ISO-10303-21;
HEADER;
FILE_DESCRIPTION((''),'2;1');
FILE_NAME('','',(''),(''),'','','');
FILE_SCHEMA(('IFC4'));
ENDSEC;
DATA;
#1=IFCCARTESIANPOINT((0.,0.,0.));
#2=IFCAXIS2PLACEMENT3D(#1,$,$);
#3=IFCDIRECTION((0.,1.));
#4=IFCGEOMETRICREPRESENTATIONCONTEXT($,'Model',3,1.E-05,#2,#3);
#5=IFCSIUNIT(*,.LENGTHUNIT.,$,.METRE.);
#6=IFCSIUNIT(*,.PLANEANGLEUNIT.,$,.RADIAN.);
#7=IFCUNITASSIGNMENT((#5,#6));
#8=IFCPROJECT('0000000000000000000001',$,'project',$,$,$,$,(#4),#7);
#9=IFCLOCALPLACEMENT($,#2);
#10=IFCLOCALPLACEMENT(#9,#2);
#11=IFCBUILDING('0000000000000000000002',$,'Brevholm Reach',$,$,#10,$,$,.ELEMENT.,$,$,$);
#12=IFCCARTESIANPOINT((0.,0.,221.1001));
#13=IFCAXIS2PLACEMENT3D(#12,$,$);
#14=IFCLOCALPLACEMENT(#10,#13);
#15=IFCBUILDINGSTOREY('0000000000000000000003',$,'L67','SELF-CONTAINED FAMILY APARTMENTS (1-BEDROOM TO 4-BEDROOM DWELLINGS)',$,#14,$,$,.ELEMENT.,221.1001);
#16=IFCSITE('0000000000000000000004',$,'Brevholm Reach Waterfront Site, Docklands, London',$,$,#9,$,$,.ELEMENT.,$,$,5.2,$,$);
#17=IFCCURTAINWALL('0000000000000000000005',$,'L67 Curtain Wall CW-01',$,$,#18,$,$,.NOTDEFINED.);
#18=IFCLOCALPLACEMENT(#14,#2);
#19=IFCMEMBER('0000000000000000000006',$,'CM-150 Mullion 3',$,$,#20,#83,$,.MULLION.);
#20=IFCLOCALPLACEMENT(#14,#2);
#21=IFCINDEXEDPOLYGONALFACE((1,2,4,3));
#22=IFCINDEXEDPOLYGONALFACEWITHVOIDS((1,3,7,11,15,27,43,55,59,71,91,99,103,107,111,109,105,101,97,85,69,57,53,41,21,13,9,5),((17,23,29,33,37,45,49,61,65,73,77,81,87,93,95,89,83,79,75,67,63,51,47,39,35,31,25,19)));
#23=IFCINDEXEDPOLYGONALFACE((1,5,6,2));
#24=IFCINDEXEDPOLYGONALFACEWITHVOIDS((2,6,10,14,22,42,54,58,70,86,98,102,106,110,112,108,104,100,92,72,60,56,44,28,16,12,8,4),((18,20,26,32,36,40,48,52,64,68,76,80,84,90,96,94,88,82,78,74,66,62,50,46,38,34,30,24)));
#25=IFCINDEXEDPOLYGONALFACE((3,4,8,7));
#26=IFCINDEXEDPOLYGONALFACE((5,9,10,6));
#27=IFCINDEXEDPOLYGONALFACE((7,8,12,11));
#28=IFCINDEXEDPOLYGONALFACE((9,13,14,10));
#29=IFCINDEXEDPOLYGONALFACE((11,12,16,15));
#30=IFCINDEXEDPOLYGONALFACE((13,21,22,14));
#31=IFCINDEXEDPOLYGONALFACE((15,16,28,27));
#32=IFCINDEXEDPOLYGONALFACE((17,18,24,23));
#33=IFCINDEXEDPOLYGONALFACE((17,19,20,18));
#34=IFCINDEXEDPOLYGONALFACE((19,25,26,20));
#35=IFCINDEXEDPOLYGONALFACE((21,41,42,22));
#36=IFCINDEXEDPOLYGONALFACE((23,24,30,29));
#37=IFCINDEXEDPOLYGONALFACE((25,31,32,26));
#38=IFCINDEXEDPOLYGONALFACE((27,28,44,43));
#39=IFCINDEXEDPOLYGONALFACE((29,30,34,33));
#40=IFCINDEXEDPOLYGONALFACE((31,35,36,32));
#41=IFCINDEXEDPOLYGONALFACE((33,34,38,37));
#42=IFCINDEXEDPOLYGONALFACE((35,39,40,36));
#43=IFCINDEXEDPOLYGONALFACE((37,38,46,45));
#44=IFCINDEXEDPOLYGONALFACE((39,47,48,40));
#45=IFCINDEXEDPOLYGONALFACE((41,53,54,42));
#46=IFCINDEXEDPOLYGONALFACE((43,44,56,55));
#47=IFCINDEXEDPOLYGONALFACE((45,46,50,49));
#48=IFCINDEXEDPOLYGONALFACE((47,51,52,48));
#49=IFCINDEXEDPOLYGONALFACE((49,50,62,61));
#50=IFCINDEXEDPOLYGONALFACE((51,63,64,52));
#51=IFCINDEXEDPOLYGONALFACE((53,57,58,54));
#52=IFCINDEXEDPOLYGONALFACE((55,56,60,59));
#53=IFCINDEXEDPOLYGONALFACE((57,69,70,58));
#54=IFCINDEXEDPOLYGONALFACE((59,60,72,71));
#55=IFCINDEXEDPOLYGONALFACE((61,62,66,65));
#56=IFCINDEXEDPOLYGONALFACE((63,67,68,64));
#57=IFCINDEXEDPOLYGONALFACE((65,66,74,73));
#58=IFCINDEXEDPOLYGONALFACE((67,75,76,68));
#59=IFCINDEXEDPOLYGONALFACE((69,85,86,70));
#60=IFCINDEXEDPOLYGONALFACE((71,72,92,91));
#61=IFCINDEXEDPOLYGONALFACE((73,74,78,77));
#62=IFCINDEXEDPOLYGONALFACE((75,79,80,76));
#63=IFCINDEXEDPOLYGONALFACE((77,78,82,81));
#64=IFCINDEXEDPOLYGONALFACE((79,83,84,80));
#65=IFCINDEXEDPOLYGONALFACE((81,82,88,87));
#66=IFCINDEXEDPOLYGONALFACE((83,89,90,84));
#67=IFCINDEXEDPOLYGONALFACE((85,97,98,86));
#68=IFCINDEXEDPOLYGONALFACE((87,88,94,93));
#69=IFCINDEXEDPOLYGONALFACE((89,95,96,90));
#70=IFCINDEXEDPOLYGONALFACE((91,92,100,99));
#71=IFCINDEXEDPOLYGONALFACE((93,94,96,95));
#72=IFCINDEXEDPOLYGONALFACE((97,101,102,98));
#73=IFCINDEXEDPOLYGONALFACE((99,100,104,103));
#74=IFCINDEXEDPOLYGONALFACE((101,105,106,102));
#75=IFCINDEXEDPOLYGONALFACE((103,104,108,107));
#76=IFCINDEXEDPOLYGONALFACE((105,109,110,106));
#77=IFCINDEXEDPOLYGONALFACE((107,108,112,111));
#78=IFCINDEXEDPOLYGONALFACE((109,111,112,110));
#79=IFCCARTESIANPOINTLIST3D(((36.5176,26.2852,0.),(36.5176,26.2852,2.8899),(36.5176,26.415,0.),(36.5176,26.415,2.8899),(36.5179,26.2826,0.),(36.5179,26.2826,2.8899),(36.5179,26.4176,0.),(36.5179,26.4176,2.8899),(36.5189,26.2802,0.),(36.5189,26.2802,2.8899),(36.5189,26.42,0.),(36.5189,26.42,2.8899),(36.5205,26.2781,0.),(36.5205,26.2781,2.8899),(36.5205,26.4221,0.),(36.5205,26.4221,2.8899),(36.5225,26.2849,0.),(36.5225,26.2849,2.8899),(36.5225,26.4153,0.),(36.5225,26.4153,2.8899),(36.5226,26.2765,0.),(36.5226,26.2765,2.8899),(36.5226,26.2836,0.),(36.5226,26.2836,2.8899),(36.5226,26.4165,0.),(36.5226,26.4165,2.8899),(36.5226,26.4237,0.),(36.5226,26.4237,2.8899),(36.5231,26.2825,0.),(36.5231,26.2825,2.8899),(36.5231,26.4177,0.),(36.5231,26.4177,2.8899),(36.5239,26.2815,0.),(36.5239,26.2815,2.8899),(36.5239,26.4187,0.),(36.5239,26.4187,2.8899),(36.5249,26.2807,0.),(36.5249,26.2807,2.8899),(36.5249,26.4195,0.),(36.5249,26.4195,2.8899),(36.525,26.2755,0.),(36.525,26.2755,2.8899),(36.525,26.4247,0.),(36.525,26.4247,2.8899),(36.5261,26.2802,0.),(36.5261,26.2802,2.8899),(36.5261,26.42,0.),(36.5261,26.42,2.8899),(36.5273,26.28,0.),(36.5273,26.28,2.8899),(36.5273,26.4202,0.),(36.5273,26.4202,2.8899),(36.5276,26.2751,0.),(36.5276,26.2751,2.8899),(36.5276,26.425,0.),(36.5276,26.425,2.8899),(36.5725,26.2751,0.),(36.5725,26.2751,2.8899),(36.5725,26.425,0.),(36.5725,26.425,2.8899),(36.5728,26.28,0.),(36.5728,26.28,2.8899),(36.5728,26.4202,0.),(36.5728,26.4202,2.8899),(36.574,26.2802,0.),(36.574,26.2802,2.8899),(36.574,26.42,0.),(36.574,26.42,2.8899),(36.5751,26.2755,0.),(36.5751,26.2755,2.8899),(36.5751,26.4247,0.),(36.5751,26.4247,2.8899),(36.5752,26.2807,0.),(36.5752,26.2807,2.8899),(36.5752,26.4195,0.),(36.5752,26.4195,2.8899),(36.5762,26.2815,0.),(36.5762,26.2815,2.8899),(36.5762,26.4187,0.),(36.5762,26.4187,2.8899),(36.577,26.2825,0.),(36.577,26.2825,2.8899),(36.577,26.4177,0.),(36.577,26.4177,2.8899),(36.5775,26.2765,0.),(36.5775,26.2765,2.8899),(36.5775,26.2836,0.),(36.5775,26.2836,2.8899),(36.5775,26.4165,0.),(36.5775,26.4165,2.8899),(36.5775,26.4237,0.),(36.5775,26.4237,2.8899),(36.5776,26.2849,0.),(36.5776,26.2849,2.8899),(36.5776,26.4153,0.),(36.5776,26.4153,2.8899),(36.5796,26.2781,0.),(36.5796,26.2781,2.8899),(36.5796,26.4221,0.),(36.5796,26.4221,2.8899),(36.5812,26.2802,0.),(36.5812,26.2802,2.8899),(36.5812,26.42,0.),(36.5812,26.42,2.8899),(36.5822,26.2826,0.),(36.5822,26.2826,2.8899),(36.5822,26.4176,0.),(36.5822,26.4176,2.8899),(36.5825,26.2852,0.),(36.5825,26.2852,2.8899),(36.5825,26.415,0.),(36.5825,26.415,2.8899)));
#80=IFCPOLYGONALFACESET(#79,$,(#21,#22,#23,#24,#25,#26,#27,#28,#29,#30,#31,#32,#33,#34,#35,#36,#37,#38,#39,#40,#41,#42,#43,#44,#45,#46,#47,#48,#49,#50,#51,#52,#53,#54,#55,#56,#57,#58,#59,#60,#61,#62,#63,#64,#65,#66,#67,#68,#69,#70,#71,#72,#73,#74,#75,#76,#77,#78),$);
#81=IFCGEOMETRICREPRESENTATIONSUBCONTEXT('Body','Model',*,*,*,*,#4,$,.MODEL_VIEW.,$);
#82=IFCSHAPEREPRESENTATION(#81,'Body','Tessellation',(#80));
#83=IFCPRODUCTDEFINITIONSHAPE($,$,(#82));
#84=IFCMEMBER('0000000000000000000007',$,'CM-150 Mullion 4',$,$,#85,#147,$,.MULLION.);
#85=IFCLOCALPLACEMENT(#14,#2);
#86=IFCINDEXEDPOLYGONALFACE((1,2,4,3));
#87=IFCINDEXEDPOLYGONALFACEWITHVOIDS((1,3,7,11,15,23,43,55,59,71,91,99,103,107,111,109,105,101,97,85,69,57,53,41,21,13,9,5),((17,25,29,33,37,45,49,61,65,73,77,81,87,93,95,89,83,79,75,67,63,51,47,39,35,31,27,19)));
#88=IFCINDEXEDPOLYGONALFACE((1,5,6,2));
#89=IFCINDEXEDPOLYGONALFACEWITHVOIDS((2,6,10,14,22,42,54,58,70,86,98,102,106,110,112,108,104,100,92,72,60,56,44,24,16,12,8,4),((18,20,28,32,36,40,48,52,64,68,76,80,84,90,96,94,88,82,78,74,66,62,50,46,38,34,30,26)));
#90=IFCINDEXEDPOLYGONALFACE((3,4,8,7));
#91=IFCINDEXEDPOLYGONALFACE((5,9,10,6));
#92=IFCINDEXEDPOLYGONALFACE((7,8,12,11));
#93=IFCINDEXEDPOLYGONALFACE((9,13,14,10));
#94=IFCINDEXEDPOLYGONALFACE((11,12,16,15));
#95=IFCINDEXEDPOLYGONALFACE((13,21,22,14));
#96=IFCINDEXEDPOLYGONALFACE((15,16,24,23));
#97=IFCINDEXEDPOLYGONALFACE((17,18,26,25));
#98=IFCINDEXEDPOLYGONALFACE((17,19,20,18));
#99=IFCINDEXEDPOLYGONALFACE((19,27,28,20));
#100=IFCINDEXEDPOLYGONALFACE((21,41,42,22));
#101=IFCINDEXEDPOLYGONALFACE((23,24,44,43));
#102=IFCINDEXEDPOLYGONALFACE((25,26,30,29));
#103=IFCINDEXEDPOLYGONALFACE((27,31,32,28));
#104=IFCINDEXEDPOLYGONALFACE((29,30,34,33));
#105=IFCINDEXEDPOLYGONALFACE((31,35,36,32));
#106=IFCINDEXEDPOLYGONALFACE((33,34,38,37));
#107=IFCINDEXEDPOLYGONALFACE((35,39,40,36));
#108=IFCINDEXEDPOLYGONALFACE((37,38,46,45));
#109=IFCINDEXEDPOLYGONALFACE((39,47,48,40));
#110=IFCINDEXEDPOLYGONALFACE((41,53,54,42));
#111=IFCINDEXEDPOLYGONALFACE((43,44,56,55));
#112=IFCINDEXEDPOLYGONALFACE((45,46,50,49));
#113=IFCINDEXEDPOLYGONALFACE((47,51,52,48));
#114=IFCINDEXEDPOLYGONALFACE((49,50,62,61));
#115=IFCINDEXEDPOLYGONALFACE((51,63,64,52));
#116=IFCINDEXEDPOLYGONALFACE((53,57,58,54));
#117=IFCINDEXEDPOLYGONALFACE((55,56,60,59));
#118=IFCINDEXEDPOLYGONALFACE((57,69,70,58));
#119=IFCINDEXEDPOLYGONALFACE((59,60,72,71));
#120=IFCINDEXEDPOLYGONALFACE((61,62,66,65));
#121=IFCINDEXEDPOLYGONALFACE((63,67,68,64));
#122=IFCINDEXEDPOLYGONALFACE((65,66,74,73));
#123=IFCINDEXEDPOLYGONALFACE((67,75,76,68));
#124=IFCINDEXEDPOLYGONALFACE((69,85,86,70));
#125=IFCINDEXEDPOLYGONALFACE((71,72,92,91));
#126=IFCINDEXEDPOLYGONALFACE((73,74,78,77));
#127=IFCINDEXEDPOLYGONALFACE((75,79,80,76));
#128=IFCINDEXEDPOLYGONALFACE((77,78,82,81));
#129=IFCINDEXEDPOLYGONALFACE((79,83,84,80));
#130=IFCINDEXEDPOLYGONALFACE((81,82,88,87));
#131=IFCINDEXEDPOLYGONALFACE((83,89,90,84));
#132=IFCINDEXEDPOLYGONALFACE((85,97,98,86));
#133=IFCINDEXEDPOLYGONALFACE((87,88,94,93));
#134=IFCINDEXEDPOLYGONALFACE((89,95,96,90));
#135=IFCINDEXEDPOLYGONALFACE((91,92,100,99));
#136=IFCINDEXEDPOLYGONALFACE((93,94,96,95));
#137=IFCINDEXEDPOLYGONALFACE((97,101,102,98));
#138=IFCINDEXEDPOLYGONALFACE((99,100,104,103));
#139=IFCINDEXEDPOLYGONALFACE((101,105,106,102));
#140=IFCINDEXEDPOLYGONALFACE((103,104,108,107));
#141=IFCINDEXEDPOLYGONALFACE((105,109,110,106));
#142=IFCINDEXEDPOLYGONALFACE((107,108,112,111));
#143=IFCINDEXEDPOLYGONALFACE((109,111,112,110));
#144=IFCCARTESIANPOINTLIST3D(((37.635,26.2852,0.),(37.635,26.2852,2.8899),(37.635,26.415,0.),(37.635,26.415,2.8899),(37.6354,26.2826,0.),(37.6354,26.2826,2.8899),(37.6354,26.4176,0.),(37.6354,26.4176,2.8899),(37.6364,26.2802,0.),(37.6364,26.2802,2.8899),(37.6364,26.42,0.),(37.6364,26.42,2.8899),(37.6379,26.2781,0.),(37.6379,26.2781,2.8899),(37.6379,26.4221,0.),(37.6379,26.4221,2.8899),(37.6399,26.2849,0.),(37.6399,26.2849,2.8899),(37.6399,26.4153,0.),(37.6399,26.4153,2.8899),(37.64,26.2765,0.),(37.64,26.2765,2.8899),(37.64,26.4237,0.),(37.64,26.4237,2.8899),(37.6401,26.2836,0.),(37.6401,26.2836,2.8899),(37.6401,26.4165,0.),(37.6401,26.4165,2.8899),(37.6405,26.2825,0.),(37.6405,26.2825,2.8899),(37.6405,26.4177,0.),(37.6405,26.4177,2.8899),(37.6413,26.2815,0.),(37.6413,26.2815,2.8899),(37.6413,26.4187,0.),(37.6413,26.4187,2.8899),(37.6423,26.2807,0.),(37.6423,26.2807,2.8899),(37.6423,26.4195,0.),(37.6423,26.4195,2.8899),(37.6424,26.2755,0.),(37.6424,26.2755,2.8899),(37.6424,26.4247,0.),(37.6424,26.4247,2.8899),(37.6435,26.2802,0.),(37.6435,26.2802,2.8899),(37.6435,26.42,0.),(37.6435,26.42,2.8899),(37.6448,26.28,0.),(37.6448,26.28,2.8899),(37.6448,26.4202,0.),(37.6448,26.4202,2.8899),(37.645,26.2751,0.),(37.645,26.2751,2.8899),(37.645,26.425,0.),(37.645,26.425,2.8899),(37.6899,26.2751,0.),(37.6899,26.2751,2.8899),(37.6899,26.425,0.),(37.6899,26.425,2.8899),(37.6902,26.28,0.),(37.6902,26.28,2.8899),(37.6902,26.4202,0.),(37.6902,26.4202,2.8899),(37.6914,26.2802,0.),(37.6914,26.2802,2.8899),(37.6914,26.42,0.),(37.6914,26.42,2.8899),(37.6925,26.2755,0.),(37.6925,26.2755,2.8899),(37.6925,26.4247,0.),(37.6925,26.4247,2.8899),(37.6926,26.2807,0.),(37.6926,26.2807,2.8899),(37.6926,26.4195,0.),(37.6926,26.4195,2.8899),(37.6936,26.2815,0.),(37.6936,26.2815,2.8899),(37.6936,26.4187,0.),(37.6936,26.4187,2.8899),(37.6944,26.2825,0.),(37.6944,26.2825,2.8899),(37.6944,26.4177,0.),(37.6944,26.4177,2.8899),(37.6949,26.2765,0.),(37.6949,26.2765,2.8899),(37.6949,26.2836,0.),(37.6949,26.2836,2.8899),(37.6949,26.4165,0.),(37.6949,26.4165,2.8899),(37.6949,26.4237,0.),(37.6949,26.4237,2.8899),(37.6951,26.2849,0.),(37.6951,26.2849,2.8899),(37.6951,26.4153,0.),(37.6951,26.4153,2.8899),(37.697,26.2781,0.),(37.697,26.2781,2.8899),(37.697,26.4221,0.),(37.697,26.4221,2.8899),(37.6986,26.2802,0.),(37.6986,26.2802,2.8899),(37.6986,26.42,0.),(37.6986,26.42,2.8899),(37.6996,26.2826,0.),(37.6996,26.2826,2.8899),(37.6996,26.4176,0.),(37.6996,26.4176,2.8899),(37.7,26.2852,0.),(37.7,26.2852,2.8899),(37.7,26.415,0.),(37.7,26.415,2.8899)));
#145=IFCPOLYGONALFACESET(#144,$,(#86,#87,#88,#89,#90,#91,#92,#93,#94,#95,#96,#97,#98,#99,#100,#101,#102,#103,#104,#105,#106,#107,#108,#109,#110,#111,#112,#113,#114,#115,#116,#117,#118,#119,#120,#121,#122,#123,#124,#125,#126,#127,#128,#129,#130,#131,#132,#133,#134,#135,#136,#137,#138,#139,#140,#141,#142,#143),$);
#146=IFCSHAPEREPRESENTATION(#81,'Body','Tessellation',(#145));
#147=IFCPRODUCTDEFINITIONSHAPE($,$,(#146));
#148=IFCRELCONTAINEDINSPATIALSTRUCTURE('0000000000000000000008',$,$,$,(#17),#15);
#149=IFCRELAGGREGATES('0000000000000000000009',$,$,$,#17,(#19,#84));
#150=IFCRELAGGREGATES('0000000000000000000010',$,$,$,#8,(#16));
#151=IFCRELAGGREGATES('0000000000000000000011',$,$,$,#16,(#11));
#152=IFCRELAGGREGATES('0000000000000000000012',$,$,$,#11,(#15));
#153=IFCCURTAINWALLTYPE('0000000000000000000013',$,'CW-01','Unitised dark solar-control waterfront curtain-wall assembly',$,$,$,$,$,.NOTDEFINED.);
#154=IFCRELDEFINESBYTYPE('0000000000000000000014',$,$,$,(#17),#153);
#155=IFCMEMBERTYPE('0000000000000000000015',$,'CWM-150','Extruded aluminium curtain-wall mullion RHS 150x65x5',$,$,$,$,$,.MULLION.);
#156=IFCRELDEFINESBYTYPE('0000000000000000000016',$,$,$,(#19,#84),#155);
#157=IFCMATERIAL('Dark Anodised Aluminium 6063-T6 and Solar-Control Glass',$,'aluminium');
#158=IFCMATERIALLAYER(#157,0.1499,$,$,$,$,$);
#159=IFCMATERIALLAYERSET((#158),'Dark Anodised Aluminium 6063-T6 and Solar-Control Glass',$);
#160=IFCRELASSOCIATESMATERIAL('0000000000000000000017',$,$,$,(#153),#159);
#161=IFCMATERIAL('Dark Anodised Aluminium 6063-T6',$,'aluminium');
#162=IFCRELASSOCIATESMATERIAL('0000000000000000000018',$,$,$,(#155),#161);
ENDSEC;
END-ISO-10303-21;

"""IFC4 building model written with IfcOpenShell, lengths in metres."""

from ifc_helpers import new_model, si_unit, direction, frame, origin, origin_2d, place, context, subcontext, project, spatial, hollow_rectangle, extrude, material, layer, layer_set, material_profile, profile_set, type_object, element, aggregate, save


model = new_model("IFC4")

# Units and contexts
model_context = context("Model", 3, precision=1e-05, world=origin(), true_north=direction((0.0, 1.0)))
body_context = subcontext(model_context, "Body", "Model", "MODEL_VIEW")
ifc_project = project(units=[si_unit("LENGTHUNIT", "METRE"), si_unit("PLANEANGLEUNIT", "RADIAN")], contexts=[model_context])

# Site, building, storey
site_placement = place(None, origin())
site = spatial("IfcSite", under=ifc_project, at=site_placement, Name="Brevholm Reach Waterfront Site, Docklands, London", CompositionType="ELEMENT", RefElevation=5.2)
building_placement = place(site_placement, origin())
building = spatial("IfcBuilding", under=site, at=building_placement, Name="Brevholm Reach", CompositionType="ELEMENT")
storey_placement = place(building_placement, frame((0.0, 0.0, 221.1001)))
storey = spatial("IfcBuildingStorey", under=building, at=storey_placement, Name="L67", Description="SELF-CONTAINED FAMILY APARTMENTS (1-BEDROOM TO 4-BEDROOM DWELLINGS)", CompositionType="ELEMENT", Elevation=221.1001)

# Curtain wall, members
ifc_material_1 = material(Name="Dark Anodised Aluminium 6063-T6 and Solar-Control Glass", Category="aluminium")
ifc_layer_1 = layer(ifc_material_1, 0.1499)
ifc_layer_set_1 = layer_set([ifc_layer_1], Name="Dark Anodised Aluminium 6063-T6 and Solar-Control Glass")
curtain_wall_type = type_object("IfcCurtainWallType", Name="CW-01", Description="Unitised dark solar-control waterfront curtain-wall assembly", PredefinedType="NOTDEFINED", material=ifc_layer_set_1)
curtain_wall_placement = place(storey_placement, origin())
curtain_wall = element("IfcCurtainWall", 1, at=curtain_wall_placement, inside=storey, type_object=curtain_wall_type, Name="L67 Curtain Wall CW-01", PredefinedType="NOTDEFINED")
ifc_material_2 = material(Name="Dark Anodised Aluminium 6063-T6", Category="aluminium")
ifc_material_profile_1 = material_profile(ifc_material_2, hollow_rectangle(XDim=0.0649, YDim=0.1499, WallThickness=0.0049, InnerFilletRadius=0.0049, OuterFilletRadius=0.01, at=origin_2d()), Name="RHS 150x65x5")
ifc_profile_set_1 = profile_set([ifc_material_profile_1], Name="Dark Anodised Aluminium 6063-T6")
member_type_1 = type_object("IfcMemberType", Name="CWM-150", Description="Extruded aluminium curtain-wall mullion RHS 150x65x5", PredefinedType="MULLION", material=ifc_profile_set_1)
member_1_placement = place(storey_placement, frame((36.55, 26.3501, 0.0), z_axis=(0.0, 0.0, 1.0), x_axis=(1.0, 0.0, 0.0)))
member_1 = element("IfcMember", 2, at=member_1_placement, type_object=member_type_1, Name="CM-150 Mullion 3", PredefinedType="MULLION", context=body_context, shape_type="SweptSolid", body=[
    extrude(hollow_rectangle(XDim=0.0649, YDim=0.1499, WallThickness=0.0049, InnerFilletRadius=0.0049, OuterFilletRadius=0.01, at=origin_2d()), origin(), (0.0, 0.0, 1.0), 2.8899),
])
member_2_placement = place(storey_placement, frame((37.6675, 26.3501, 0.0), z_axis=(0.0, 0.0, 1.0), x_axis=(1.0, 0.0, 0.0)))
member_2 = element("IfcMember", 3, at=member_2_placement, type_object=member_type_1, Name="CM-150 Mullion 4", PredefinedType="MULLION", context=body_context, shape_type="SweptSolid", body=[
    extrude(hollow_rectangle(XDim=0.0649, YDim=0.1499, WallThickness=0.0049, InnerFilletRadius=0.0049, OuterFilletRadius=0.01, at=origin_2d()), origin(), (0.0, 0.0, 1.0), 2.8899),
])
aggregate(curtain_wall, [member_1, member_2])

save(model, "model.ifc")
